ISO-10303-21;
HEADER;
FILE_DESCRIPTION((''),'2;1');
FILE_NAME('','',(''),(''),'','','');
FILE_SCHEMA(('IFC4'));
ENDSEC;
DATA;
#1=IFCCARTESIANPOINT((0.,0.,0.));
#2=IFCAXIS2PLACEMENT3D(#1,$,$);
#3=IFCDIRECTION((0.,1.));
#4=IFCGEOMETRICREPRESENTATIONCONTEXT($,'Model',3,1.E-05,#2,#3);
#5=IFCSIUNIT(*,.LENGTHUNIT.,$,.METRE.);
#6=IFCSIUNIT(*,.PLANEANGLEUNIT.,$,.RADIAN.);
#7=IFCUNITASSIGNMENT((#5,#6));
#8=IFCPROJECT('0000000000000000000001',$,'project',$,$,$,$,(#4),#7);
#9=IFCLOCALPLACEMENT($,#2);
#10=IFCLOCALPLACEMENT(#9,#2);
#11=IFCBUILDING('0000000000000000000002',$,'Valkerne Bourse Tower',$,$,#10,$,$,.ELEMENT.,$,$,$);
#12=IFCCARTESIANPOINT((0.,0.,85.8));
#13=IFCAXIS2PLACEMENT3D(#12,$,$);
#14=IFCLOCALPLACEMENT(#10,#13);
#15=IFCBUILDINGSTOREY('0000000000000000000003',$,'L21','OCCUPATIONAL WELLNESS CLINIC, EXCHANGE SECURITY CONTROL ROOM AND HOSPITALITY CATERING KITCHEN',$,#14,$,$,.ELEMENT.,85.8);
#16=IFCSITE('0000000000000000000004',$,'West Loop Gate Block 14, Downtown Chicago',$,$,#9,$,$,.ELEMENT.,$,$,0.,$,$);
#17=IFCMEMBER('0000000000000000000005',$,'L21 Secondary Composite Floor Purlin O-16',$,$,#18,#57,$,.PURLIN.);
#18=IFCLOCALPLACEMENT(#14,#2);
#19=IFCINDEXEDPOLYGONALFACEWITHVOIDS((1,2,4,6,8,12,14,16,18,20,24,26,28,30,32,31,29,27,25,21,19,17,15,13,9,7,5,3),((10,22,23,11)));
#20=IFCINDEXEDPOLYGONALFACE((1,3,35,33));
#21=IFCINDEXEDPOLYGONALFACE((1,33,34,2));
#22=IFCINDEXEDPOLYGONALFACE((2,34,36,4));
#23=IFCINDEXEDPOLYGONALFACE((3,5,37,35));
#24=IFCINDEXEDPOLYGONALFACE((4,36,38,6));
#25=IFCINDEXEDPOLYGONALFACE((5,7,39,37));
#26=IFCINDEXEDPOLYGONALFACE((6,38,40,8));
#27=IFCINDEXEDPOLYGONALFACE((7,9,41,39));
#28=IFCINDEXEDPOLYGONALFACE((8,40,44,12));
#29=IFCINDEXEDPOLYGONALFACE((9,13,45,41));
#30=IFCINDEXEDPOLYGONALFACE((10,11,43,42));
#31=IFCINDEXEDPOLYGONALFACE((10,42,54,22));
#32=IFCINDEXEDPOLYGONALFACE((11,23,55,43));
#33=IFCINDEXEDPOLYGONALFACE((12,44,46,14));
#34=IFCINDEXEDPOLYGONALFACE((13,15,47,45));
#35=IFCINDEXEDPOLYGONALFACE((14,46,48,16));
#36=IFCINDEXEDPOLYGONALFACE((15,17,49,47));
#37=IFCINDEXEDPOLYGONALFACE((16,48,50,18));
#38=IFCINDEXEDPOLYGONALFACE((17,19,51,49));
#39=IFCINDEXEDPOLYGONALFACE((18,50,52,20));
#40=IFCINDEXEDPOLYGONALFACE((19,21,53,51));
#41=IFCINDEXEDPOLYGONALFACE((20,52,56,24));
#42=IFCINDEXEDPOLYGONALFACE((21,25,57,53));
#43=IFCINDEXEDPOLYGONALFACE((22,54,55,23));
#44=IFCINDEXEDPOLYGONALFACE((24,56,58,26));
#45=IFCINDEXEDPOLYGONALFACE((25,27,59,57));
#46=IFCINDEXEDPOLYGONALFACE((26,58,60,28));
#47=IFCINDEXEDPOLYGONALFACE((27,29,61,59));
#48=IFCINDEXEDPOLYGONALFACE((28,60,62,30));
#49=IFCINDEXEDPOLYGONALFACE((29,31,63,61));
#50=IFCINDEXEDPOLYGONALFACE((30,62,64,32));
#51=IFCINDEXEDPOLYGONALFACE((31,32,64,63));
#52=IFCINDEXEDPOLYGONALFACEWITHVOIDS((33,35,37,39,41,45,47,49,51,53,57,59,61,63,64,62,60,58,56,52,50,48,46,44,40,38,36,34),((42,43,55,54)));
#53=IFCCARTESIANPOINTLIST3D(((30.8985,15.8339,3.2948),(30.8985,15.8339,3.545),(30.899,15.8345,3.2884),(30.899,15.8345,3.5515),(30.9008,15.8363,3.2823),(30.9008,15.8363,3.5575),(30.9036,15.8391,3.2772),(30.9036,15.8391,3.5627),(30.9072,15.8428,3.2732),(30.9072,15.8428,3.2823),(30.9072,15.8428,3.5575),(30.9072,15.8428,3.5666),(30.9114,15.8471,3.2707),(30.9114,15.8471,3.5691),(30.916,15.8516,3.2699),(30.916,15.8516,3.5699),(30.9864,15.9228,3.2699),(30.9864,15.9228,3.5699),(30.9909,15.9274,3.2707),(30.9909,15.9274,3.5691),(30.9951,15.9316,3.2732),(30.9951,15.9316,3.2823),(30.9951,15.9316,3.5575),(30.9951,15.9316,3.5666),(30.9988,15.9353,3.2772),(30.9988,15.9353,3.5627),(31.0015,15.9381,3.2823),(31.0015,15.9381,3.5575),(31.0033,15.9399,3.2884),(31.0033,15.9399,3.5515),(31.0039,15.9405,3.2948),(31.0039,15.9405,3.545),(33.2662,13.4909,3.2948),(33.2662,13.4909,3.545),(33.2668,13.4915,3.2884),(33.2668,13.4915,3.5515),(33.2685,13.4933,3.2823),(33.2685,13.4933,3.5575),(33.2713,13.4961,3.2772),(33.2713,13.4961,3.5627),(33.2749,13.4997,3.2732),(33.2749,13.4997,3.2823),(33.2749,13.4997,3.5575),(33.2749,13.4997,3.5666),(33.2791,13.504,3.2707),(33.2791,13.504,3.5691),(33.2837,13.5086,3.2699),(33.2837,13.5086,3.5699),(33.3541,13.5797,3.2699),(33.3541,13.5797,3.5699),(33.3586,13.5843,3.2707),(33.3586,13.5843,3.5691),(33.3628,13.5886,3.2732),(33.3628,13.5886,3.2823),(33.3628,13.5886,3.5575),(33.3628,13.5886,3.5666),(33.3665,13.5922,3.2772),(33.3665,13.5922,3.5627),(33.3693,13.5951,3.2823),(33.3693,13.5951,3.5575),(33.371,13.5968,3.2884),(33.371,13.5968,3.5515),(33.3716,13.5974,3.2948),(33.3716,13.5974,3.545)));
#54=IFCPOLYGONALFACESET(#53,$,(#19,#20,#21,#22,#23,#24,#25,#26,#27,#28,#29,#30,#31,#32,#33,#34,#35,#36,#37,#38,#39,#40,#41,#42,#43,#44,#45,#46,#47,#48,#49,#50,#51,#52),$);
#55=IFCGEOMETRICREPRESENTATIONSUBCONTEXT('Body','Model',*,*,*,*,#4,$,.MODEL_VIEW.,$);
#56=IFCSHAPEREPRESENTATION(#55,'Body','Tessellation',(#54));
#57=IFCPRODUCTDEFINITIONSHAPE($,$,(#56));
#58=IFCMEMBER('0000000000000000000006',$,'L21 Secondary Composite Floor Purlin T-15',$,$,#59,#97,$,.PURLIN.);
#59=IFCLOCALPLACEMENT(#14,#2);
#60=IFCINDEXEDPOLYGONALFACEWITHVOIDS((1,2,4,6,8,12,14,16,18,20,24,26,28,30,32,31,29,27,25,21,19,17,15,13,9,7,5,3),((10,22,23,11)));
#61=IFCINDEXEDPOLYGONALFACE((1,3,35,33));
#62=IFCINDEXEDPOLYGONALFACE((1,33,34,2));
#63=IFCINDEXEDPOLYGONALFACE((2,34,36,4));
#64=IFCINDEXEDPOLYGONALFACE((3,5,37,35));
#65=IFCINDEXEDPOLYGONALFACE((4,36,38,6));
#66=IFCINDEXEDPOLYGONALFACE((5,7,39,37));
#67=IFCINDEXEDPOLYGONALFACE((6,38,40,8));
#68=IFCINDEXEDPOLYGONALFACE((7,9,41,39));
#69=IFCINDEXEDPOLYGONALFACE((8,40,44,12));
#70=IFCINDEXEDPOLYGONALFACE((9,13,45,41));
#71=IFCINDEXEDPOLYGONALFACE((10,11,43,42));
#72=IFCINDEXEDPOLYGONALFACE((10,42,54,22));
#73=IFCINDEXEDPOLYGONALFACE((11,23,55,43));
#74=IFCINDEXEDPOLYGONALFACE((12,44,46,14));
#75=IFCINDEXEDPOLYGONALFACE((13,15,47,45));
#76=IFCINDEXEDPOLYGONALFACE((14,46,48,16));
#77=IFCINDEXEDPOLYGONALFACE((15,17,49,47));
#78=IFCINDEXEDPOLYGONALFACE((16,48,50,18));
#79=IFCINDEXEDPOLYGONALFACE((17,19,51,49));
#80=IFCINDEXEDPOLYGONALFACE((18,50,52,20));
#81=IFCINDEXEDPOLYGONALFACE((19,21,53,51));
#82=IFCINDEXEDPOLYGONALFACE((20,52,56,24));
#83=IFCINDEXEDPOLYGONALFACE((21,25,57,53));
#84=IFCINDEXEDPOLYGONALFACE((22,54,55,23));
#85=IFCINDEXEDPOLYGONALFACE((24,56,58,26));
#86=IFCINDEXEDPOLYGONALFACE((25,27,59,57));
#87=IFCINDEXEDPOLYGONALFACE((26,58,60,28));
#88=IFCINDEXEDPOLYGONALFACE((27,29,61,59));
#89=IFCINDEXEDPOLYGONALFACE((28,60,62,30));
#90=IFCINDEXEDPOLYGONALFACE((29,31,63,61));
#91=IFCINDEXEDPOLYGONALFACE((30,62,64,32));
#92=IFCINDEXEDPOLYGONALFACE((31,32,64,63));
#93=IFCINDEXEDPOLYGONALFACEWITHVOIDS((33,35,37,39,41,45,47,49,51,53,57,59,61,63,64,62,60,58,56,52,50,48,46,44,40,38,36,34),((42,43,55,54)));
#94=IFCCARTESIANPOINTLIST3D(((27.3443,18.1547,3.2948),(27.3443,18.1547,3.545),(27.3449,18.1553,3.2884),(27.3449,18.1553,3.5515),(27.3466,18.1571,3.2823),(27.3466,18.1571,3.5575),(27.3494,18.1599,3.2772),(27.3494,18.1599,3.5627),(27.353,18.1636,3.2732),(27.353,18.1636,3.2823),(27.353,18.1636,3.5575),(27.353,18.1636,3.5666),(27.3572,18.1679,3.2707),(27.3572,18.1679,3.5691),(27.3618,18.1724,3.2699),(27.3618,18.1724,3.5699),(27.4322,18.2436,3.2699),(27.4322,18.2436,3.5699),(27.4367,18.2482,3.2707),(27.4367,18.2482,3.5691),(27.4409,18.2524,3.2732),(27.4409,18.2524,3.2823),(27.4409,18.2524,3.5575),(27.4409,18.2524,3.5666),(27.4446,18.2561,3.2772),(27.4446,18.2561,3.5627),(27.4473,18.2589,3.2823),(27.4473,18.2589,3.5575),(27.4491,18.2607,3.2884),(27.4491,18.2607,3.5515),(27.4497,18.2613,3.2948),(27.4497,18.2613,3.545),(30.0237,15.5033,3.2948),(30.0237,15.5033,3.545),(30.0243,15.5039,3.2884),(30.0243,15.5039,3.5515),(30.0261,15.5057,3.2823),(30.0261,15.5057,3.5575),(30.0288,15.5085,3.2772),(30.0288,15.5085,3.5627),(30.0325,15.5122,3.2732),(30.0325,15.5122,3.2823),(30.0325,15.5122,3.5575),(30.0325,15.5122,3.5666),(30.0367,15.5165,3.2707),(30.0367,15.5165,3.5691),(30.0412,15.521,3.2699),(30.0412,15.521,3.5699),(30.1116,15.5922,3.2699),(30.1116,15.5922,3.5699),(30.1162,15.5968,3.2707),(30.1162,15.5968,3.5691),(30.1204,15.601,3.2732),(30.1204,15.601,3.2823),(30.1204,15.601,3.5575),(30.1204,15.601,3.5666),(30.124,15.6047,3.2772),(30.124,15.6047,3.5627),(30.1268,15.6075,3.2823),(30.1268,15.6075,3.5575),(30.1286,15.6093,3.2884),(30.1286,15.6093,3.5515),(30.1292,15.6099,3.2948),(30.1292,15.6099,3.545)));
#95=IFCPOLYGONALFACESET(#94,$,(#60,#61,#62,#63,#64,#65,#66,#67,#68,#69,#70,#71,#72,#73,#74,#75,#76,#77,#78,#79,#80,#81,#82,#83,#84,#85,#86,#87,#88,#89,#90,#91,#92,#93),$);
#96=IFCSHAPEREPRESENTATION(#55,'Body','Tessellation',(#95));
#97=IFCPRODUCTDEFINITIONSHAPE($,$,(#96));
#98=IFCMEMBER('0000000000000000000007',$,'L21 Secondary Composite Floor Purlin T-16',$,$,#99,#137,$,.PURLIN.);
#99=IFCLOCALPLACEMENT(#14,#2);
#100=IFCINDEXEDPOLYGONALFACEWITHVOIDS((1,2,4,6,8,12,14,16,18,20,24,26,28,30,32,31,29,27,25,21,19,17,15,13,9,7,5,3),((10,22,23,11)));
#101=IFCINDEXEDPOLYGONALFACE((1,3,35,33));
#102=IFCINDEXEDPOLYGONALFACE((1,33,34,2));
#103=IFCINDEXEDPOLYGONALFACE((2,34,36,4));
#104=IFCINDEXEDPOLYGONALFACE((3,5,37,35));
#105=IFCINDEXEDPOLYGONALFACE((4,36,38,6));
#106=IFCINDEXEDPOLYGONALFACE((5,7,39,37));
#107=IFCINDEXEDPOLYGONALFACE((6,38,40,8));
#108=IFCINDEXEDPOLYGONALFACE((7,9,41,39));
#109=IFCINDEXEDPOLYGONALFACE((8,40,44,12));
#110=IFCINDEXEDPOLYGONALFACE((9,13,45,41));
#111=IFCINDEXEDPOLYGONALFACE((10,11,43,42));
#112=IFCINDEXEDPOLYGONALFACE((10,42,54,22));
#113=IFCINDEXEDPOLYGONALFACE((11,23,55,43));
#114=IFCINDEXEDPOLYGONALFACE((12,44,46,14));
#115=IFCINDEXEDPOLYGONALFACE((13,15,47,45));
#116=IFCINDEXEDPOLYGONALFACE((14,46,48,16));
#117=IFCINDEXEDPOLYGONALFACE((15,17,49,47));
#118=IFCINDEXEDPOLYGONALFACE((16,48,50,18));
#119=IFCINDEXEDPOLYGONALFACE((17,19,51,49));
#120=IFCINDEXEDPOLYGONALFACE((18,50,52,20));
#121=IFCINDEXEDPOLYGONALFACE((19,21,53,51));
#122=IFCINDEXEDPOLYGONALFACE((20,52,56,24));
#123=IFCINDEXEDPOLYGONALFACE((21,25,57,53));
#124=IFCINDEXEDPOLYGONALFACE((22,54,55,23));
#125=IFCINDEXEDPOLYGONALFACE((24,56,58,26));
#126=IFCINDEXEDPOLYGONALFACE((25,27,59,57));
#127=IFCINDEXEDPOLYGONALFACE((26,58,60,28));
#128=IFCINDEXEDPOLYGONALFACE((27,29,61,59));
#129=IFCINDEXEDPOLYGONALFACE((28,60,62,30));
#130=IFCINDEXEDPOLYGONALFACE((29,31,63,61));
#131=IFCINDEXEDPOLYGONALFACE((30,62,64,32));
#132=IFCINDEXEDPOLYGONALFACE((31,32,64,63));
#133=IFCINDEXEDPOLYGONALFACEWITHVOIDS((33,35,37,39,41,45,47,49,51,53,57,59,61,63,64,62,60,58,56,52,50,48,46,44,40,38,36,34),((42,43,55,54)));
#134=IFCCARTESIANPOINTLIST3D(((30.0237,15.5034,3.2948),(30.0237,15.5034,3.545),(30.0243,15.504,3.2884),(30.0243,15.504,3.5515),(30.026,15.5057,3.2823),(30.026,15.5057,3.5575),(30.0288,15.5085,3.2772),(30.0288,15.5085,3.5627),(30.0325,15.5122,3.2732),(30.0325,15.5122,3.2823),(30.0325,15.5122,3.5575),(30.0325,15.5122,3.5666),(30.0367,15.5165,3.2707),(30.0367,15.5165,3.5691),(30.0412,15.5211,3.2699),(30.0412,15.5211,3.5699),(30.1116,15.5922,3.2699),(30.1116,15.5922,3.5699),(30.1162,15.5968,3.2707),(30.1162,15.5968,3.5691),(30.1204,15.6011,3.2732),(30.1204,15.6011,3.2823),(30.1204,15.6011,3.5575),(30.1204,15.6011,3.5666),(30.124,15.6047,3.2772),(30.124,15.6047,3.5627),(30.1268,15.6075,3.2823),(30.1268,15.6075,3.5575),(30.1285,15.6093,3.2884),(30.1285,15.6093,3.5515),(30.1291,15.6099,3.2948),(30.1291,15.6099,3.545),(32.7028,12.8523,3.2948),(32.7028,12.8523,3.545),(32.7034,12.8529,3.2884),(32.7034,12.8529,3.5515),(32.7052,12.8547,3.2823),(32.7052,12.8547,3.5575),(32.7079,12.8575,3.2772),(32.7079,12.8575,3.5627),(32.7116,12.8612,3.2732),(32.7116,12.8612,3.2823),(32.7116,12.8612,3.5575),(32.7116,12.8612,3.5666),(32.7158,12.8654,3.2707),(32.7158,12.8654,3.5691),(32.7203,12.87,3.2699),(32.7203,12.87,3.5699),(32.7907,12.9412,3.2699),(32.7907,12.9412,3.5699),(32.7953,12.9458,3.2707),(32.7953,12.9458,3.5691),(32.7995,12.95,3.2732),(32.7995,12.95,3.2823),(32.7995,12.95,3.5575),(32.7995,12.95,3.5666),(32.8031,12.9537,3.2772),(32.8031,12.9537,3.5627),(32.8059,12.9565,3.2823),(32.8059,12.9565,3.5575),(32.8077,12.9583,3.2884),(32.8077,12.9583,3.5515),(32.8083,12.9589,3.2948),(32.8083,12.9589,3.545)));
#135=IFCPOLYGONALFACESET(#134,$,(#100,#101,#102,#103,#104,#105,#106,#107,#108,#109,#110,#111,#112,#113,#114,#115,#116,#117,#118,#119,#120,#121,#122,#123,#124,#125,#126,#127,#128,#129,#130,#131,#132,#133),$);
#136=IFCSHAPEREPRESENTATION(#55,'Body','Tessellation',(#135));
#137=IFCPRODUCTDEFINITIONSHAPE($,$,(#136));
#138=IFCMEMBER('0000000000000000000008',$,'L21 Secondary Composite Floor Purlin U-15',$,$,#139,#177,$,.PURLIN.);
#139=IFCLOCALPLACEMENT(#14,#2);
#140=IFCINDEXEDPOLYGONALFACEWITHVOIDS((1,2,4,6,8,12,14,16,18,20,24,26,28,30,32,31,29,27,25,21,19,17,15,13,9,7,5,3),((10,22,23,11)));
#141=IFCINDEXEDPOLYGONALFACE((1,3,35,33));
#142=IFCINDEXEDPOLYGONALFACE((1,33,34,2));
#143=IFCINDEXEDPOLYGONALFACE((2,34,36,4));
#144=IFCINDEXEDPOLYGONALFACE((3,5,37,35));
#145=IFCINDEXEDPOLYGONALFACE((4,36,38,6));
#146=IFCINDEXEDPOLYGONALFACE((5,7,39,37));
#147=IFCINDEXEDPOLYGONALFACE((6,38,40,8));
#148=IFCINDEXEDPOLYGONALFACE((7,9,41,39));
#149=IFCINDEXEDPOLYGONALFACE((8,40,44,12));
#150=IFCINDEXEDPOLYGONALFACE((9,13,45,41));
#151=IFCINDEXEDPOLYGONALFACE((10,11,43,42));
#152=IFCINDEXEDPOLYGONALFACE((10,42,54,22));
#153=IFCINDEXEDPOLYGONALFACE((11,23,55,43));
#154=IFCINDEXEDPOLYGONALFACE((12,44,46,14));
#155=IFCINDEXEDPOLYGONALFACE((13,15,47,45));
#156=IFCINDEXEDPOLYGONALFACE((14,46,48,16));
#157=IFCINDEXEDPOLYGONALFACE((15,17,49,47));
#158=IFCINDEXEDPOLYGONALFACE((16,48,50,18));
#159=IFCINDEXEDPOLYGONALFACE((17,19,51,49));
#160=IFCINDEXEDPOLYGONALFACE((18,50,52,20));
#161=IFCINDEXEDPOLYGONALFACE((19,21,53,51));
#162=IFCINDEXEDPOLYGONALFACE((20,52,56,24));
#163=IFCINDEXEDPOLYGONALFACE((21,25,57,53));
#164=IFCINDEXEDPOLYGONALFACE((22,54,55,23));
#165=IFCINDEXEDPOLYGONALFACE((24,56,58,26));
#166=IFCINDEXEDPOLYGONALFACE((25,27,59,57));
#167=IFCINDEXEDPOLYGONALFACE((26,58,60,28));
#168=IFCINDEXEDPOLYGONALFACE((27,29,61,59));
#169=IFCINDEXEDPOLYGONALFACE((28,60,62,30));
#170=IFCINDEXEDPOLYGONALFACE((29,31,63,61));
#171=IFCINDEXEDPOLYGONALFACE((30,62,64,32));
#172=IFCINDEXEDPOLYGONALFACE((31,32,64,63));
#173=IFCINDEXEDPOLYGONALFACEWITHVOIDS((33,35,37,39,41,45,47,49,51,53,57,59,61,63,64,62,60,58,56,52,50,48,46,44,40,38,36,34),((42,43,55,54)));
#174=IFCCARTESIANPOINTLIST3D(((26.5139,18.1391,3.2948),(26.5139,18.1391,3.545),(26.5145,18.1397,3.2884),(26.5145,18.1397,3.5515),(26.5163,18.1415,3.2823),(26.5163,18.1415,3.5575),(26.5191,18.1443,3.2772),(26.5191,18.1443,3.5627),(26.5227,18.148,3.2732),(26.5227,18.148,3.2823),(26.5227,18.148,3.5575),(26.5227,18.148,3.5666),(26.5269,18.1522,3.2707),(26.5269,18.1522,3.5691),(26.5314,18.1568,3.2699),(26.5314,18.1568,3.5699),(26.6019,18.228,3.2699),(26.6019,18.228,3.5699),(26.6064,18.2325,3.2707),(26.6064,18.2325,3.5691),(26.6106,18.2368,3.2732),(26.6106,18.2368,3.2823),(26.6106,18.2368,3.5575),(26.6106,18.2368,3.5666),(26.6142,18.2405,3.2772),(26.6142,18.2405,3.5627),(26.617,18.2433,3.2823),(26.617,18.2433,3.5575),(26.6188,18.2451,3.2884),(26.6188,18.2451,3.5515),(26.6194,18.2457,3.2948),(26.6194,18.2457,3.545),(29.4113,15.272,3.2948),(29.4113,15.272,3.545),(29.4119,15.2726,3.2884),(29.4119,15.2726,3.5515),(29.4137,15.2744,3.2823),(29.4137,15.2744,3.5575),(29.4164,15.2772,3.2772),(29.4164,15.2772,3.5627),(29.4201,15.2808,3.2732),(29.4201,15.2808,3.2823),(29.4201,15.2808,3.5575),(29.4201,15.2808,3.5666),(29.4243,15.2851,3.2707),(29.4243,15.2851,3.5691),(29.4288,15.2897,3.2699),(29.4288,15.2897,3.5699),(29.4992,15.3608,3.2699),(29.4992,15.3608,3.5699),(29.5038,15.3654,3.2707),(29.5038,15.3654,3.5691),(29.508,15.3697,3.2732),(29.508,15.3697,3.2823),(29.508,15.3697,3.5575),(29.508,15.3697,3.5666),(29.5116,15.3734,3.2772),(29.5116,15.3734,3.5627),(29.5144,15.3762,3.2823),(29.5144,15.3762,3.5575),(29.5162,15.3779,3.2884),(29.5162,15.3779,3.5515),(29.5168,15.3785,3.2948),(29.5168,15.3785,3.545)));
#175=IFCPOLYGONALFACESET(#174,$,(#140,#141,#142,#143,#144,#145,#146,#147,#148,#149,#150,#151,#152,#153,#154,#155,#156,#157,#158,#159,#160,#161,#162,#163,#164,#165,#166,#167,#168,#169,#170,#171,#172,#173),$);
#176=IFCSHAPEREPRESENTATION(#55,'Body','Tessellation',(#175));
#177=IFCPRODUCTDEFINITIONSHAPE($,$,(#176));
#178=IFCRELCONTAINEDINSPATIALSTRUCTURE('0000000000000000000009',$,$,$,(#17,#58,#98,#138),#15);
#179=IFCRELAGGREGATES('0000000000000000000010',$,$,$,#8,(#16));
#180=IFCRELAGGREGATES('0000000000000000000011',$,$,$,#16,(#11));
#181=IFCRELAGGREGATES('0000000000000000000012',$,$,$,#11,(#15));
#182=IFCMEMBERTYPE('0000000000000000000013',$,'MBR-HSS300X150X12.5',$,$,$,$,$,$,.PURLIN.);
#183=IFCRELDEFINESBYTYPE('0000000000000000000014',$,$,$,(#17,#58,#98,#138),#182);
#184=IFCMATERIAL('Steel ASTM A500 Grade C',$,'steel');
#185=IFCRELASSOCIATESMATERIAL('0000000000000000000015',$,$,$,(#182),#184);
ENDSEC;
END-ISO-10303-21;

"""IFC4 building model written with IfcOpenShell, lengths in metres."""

from ifc_helpers import new_model, si_unit, direction, frame, origin, origin_2d, place, context, subcontext, project, spatial, hollow_rectangle, extrude, material, material_profile, profile_set, type_object, element, save


model = new_model("IFC4")

# Units and contexts
model_context = context("Model", 3, precision=1e-05, world=origin(), true_north=direction((0.0, 1.0)))
body_context = subcontext(model_context, "Body", "Model", "MODEL_VIEW")
ifc_project = project(units=[si_unit("LENGTHUNIT", "METRE"), si_unit("PLANEANGLEUNIT", "RADIAN")], contexts=[model_context])

# Site, building, storey
site_placement = place(None, origin())
site = spatial("IfcSite", under=ifc_project, at=site_placement, Name="West Loop Gate Block 14, Downtown Chicago", CompositionType="ELEMENT", RefElevation=0.0)
building_placement = place(site_placement, origin())
building = spatial("IfcBuilding", under=site, at=building_placement, Name="Valkerne Bourse Tower", CompositionType="ELEMENT")
storey_placement = place(building_placement, frame((0.0, 0.0, 85.8)))
storey = spatial("IfcBuildingStorey", under=building, at=storey_placement, Name="L21", Description="OCCUPATIONAL WELLNESS CLINIC, EXCHANGE SECURITY CONTROL ROOM AND HOSPITALITY CATERING KITCHEN", CompositionType="ELEMENT", Elevation=85.8)

# Members
ifc_material_1 = material(Name="Steel ASTM A500 Grade C", Category="steel")
ifc_material_profile_1 = material_profile(ifc_material_1, hollow_rectangle(XDim=0.1499, YDim=0.3, WallThickness=0.0125, OuterFilletRadius=0.0249, at=origin_2d()), Name="HSS300X150X12.5")
ifc_profile_set_1 = profile_set([ifc_material_profile_1], Name="Steel ASTM A500 Grade C")
member_type_1 = type_object("IfcMemberType", Name="MBR-HSS300X150X12.5", PredefinedType="PURLIN", material=ifc_profile_set_1)
member_1_placement = place(storey_placement, frame((30.9512, 15.8872, 3.4199), z_axis=(0.710798, -0.703396, 0.0), x_axis=(0.703396, 0.710798, 0.0)))
element("IfcMember", 1, at=member_1_placement, inside=storey, type_object=member_type_1, Name="L21 Secondary Composite Floor Purlin O-16", PredefinedType="PURLIN", context=body_context, shape_type="SweptSolid", body=[
    extrude(hollow_rectangle(XDim=0.1499, YDim=0.3, WallThickness=0.0125, OuterFilletRadius=0.0249, at=origin_2d()), origin(), (0.0, 0.0, 1.0), 3.3311),
])
member_2_placement = place(storey_placement, frame((27.397, 18.208, 3.4199), z_axis=(0.710821, -0.703373, 0.0), x_axis=(0.703373, 0.710821, 0.0)))
element("IfcMember", 2, at=member_2_placement, inside=storey, type_object=member_type_1, Name="L21 Secondary Composite Floor Purlin T-15", PredefinedType="PURLIN", context=body_context, shape_type="SweptSolid", body=[
    extrude(hollow_rectangle(XDim=0.1499, YDim=0.3, WallThickness=0.0125, OuterFilletRadius=0.0249, at=origin_2d()), origin(), (0.0, 0.0, 1.0), 3.7695),
])
member_3_placement = place(storey_placement, frame((30.0764, 15.5566, 3.4199), z_axis=(0.710821, -0.703373, 0.0), x_axis=(0.703373, 0.710821, 0.0)))
element("IfcMember", 3, at=member_3_placement, inside=storey, type_object=member_type_1, Name="L21 Secondary Composite Floor Purlin T-16", PredefinedType="PURLIN", context=body_context, shape_type="SweptSolid", body=[
    extrude(hollow_rectangle(XDim=0.1499, YDim=0.3, WallThickness=0.0125, OuterFilletRadius=0.0249, at=origin_2d()), origin(), (0.0, 0.0, 1.0), 3.769),
])
for number, where, z_axis, x_axis, name in (
    (4, (26.5667, 18.1924, 3.4199), (0.71081, -0.703384, 0.0), (0.703384, 0.71081, 0.0), "L21 Secondary Composite Floor Purlin U-15"),
):
    element("IfcMember", number, at=place(storey_placement, frame(where, z_axis=z_axis, x_axis=x_axis)), inside=storey, type_object=member_type_1, Name=name, PredefinedType="PURLIN", context=body_context, shape_type="SweptSolid", body=[
        extrude(hollow_rectangle(XDim=0.1499, YDim=0.3, WallThickness=0.0125, OuterFilletRadius=0.0249, at=origin_2d()), origin(), (0.0, 0.0, 1.0), 4.0762),
    ])

save(model, "model.ifc")
